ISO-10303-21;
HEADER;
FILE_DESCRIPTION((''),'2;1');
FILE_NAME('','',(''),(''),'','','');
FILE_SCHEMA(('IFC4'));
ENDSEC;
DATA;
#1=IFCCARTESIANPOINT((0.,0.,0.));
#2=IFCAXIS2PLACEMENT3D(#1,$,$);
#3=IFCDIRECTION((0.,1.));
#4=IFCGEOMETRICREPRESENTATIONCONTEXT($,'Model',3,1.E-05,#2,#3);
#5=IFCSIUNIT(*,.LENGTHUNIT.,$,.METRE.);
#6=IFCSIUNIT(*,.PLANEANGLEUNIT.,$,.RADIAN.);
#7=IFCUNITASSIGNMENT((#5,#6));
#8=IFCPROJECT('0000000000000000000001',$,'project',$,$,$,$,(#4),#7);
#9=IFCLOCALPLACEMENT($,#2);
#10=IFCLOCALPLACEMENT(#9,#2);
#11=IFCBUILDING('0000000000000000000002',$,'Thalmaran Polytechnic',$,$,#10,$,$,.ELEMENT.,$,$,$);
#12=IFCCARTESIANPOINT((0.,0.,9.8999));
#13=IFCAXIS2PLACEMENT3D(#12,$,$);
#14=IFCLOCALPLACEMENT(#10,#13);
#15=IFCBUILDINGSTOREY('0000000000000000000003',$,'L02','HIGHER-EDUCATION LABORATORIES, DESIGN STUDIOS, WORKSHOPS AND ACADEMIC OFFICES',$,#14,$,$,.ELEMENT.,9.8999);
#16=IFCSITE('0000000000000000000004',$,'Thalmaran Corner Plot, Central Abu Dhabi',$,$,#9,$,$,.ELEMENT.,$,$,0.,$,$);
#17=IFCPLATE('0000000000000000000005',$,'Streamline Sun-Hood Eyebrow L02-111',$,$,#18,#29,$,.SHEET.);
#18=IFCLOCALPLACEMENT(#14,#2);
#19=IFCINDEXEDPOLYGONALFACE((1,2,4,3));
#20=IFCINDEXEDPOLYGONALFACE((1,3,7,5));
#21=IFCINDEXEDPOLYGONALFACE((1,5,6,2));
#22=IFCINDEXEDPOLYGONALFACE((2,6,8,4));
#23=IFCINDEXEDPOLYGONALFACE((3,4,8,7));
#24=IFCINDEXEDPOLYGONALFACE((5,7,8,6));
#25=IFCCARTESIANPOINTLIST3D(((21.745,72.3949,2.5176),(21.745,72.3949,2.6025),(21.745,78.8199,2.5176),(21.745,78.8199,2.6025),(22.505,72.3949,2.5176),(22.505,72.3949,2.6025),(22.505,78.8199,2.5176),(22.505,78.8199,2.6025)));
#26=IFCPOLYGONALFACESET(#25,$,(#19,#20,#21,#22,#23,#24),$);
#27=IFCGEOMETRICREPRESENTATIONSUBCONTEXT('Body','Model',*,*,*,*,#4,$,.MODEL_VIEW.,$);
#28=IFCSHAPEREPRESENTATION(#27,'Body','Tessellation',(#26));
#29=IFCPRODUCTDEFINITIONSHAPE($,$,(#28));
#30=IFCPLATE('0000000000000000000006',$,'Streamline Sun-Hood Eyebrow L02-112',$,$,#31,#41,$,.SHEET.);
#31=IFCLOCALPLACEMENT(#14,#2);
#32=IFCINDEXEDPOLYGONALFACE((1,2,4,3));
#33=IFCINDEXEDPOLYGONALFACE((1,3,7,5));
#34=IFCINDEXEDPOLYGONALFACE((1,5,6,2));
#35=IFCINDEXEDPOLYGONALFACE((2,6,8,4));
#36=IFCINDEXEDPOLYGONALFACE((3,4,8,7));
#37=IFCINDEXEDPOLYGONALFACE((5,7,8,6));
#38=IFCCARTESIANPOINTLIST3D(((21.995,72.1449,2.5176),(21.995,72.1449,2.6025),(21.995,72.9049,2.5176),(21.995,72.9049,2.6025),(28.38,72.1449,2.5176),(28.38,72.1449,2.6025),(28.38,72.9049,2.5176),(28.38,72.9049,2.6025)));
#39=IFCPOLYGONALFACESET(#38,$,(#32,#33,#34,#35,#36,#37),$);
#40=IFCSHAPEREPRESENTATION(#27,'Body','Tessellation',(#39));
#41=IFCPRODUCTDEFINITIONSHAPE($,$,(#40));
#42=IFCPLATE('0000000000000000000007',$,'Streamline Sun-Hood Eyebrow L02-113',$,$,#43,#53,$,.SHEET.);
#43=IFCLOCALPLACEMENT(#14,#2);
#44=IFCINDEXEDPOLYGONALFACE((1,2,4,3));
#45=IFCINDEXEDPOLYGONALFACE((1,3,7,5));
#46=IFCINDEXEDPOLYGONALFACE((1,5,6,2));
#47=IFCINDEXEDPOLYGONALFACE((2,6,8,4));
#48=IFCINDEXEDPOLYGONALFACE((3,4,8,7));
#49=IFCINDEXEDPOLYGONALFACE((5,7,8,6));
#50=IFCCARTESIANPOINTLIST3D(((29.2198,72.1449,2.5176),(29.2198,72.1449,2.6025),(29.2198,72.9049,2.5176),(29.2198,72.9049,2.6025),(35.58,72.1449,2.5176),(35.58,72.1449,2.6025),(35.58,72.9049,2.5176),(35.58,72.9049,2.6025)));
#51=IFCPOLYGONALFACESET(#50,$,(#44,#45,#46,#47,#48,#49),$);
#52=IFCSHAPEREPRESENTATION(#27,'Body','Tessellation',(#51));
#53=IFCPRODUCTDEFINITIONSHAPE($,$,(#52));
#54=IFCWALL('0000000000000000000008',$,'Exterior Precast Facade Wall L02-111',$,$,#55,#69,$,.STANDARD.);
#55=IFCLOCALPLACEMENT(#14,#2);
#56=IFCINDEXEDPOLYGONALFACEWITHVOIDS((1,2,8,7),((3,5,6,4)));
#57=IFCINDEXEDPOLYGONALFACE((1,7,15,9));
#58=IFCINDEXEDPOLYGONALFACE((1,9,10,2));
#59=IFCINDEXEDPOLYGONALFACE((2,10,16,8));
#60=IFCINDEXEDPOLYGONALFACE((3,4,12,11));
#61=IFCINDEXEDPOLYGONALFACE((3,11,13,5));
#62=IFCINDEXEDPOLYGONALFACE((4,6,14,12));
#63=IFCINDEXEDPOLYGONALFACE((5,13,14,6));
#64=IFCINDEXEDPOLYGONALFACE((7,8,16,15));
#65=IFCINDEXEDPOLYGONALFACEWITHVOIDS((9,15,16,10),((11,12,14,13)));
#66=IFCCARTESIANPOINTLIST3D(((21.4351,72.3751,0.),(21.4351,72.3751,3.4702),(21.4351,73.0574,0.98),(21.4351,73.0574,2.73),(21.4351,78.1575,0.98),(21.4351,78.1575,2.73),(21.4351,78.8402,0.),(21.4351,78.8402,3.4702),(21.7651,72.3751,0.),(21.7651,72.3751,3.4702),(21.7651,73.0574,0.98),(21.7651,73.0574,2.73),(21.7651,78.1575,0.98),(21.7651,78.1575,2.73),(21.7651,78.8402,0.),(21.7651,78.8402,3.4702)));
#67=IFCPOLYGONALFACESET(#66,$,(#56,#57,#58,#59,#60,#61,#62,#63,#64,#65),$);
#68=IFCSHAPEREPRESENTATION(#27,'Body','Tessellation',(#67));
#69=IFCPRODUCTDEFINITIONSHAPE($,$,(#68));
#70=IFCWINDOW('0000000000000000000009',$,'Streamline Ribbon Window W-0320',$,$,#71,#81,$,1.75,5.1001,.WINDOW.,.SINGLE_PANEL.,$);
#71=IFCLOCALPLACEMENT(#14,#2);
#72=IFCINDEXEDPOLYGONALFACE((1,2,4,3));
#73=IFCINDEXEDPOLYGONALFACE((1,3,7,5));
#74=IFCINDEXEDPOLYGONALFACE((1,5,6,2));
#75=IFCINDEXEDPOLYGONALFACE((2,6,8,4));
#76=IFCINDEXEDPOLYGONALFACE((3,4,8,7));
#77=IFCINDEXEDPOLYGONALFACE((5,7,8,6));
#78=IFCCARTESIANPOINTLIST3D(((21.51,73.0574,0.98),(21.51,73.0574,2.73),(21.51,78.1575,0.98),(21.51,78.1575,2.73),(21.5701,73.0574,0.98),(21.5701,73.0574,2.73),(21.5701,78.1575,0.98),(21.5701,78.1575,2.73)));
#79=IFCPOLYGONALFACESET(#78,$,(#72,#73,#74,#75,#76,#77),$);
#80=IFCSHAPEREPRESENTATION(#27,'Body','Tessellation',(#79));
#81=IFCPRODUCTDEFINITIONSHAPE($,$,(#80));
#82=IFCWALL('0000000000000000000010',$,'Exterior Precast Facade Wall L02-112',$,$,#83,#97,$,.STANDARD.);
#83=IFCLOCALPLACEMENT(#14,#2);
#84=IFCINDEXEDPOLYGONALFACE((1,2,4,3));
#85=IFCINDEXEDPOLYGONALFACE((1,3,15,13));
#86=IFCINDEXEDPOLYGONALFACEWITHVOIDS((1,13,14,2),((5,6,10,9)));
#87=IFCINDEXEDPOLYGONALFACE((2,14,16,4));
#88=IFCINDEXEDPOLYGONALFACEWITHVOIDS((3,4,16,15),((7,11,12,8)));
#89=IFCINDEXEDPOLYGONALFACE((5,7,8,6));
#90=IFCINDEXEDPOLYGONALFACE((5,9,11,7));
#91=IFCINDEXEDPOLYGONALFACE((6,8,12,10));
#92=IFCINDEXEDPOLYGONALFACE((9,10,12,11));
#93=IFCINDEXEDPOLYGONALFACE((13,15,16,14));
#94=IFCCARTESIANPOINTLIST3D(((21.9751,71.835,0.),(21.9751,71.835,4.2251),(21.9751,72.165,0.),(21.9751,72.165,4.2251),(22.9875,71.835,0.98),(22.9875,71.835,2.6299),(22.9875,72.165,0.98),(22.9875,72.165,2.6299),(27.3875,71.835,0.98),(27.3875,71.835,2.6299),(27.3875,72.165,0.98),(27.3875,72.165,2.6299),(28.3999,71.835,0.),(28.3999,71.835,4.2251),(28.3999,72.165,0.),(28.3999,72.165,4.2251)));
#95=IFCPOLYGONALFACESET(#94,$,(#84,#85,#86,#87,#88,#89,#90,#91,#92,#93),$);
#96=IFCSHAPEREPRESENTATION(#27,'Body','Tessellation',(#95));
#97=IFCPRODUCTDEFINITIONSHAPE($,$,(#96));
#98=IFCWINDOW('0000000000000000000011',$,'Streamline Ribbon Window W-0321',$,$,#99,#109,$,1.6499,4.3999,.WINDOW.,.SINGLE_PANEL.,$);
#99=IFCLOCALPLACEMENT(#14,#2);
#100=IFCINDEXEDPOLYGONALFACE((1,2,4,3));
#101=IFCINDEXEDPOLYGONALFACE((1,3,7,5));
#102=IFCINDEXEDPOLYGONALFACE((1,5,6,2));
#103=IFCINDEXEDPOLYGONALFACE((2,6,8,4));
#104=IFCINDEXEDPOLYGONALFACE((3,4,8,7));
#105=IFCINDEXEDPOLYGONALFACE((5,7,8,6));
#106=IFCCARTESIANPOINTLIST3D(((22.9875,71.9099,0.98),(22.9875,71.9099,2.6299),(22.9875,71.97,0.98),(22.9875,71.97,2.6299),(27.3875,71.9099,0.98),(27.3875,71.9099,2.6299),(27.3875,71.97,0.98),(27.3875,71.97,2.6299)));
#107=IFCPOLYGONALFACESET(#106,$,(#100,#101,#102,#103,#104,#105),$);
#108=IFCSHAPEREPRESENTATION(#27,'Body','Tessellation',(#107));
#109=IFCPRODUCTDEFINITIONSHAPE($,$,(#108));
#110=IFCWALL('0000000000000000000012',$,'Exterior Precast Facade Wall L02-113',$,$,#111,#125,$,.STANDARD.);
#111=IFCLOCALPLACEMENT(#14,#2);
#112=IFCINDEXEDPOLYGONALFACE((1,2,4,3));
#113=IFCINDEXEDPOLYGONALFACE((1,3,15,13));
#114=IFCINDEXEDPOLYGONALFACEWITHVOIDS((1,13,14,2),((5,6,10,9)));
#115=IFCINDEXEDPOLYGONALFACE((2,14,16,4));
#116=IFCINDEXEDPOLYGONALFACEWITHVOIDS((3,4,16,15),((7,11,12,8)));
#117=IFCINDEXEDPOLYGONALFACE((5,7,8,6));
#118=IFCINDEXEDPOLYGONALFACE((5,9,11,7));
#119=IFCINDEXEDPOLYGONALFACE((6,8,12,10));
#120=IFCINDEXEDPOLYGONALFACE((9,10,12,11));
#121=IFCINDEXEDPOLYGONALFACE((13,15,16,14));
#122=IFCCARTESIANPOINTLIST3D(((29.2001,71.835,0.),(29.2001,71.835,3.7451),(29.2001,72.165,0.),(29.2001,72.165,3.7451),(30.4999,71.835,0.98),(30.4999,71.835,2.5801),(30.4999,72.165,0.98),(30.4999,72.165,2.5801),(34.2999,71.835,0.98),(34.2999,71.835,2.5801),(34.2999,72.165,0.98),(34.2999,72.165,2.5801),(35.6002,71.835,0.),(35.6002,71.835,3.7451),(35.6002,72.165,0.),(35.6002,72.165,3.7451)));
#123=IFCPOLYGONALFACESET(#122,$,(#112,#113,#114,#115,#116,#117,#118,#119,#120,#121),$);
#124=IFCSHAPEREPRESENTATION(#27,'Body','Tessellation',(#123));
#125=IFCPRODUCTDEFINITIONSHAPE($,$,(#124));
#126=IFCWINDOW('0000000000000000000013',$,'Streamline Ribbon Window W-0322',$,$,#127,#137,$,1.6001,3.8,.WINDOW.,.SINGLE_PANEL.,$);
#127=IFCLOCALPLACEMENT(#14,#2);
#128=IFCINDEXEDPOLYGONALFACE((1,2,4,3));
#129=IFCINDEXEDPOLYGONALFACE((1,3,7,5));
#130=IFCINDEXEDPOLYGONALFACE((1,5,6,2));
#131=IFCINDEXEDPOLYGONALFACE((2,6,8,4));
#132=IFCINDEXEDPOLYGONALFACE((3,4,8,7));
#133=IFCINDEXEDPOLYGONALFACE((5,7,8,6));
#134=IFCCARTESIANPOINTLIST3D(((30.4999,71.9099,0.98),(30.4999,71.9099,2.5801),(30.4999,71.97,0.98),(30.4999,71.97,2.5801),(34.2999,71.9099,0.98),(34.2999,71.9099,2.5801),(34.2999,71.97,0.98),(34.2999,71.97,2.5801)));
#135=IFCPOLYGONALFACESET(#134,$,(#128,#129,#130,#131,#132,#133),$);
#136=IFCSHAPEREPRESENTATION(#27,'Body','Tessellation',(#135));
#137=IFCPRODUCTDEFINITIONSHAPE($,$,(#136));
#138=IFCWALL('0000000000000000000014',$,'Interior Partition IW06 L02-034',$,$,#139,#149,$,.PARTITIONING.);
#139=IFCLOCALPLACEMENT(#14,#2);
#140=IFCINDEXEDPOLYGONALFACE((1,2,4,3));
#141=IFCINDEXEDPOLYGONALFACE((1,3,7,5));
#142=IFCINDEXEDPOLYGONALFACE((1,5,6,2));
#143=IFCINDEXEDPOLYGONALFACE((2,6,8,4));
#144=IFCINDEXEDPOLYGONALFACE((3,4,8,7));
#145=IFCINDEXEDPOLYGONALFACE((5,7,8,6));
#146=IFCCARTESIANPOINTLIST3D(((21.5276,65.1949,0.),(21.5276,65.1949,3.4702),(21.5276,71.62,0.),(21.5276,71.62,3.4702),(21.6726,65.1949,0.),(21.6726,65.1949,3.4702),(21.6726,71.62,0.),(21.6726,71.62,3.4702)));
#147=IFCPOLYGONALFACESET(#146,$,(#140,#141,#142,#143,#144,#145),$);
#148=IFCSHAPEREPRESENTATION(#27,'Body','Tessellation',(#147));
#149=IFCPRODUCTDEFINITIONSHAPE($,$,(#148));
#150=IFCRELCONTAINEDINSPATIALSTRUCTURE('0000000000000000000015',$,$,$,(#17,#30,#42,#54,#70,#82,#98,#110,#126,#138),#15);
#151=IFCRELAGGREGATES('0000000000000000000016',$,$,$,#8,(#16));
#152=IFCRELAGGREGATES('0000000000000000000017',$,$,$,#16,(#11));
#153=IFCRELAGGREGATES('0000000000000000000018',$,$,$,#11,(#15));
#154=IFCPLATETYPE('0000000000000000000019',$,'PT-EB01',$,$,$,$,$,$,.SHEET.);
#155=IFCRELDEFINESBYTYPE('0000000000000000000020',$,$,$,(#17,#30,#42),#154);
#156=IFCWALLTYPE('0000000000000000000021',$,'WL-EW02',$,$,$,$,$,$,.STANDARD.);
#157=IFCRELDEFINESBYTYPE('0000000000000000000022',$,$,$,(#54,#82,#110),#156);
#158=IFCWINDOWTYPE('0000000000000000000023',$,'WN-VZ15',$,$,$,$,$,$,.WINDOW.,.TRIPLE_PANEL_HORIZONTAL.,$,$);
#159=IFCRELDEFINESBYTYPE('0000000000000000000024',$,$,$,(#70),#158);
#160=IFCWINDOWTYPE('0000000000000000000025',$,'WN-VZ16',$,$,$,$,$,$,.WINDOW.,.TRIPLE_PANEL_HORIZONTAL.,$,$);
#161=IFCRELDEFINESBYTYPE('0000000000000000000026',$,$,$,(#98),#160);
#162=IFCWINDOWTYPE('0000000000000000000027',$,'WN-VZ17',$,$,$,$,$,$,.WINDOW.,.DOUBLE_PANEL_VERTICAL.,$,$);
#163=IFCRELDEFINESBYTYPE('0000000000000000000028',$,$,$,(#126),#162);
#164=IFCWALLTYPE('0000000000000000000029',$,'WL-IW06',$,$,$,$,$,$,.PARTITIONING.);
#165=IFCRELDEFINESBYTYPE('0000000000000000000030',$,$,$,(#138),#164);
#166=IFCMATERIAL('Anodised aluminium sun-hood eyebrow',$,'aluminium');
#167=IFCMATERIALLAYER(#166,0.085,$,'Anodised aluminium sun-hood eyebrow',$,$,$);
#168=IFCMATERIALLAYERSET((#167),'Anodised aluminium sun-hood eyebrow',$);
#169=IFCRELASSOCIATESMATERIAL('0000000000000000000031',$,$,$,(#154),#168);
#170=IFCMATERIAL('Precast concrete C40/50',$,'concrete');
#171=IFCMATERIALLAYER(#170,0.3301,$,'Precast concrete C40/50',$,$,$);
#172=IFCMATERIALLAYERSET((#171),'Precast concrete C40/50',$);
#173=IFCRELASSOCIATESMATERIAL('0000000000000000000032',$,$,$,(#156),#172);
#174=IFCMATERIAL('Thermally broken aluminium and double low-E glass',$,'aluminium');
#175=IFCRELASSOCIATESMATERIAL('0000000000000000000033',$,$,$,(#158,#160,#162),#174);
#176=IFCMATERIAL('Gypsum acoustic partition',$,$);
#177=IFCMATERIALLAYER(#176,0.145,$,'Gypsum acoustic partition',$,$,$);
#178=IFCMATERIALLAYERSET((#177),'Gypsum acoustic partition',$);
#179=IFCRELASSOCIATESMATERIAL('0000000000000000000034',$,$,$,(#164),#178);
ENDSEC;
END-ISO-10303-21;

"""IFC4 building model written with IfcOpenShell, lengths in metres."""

from ifc_helpers import new_model, si_unit, direction, frame, frame_2d, origin, origin_2d, place, context, subcontext, project, spatial, rectangle, extrude, material, layer, layer_set, type_object, element, fill, save


model = new_model("IFC4")

# Units and contexts
model_context = context("Model", 3, precision=1e-05, world=origin(), true_north=direction((0.0, 1.0)))
body_context = subcontext(model_context, "Body", "Model", "MODEL_VIEW")
ifc_project = project(units=[si_unit("LENGTHUNIT", "METRE"), si_unit("PLANEANGLEUNIT", "RADIAN")], contexts=[model_context])

# Site, building, storey
site_placement = place(None, origin())
site = spatial("IfcSite", under=ifc_project, at=site_placement, Name="Thalmaran Corner Plot, Central Abu Dhabi", CompositionType="ELEMENT", RefElevation=0.0)
building_placement = place(site_placement, origin())
building = spatial("IfcBuilding", under=site, at=building_placement, Name="Thalmaran Polytechnic", CompositionType="ELEMENT")
storey_placement = place(building_placement, frame((0.0, 0.0, 9.8999)))
storey = spatial("IfcBuildingStorey", under=building, at=storey_placement, Name="L02", Description="HIGHER-EDUCATION LABORATORIES, DESIGN STUDIOS, WORKSHOPS AND ACADEMIC OFFICES", CompositionType="ELEMENT", Elevation=9.8999)

# Plates
ifc_material_1 = material(Name="Anodised aluminium sun-hood eyebrow", Category="aluminium")
ifc_layer_1 = layer(ifc_material_1, 0.085, Name="Anodised aluminium sun-hood eyebrow")
ifc_layer_set_1 = layer_set([ifc_layer_1], Name="Anodised aluminium sun-hood eyebrow")
plate_type_1 = type_object("IfcPlateType", Name="PT-EB01", PredefinedType="SHEET", material=ifc_layer_set_1)
plate_1_placement = place(storey_placement, frame((22.125, 75.6074, 2.5176), z_axis=(0.0, 0.0, 1.0), x_axis=(0.0, -1.0, 0.0)))
element("IfcPlate", 1, at=plate_1_placement, inside=storey, type_object=plate_type_1, Name="Streamline Sun-Hood Eyebrow L02-111", PredefinedType="SHEET", context=body_context, shape_type="SweptSolid", body=[
    extrude(rectangle(XDim=6.425, YDim=0.76, at=origin_2d()), origin(), (0.0, 0.0, 1.0), 0.085),
])
plate_2_placement = place(storey_placement, frame((25.1875, 72.5249, 2.5176), z_axis=(0.0, 0.0, 1.0), x_axis=(1.0, 0.0, 0.0)))
element("IfcPlate", 2, at=plate_2_placement, inside=storey, type_object=plate_type_1, Name="Streamline Sun-Hood Eyebrow L02-112", PredefinedType="SHEET", context=body_context, shape_type="SweptSolid", body=[
    extrude(rectangle(XDim=6.385, YDim=0.76, at=origin_2d()), origin(), (0.0, 0.0, 1.0), 0.085),
])
plate_3_placement = place(storey_placement, frame((32.3999, 72.5249, 2.5176), z_axis=(0.0, 0.0, 1.0), x_axis=(1.0, 0.0, 0.0)))
element("IfcPlate", 3, at=plate_3_placement, inside=storey, type_object=plate_type_1, Name="Streamline Sun-Hood Eyebrow L02-113", PredefinedType="SHEET", context=body_context, shape_type="SweptSolid", body=[
    extrude(rectangle(XDim=6.3601, YDim=0.76, at=origin_2d()), origin(), (0.0, 0.0, 1.0), 0.085),
])

# Walls, openings, windows
ifc_material_2 = material(Name="Precast concrete C40/50", Category="concrete")
ifc_layer_2 = layer(ifc_material_2, 0.3301, Name="Precast concrete C40/50")
ifc_layer_set_2 = layer_set([ifc_layer_2], Name="Precast concrete C40/50")
wall_type_1 = type_object("IfcWallType", Name="WL-EW02", PredefinedType="STANDARD", material=ifc_layer_set_2)
wall_1_placement = place(storey_placement, frame((21.6001, 78.8401, 0.0), z_axis=(0.0, 0.0, 1.0), x_axis=(0.0, -1.0, 0.0)))
wall_1 = element("IfcWall", 4, at=wall_1_placement, inside=storey, type_object=wall_type_1, Name="Exterior Precast Facade Wall L02-111", PredefinedType="STANDARD", context=body_context, shape_type="SweptSolid", body=[
    extrude(rectangle(XDim=6.4651, YDim=0.3301, at=frame_2d((3.2324, 0.0))), origin(), (0.0, 0.0, 1.0), 3.4702),
])
opening_1_placement = place(wall_1_placement, frame((0.6826, 0.0, 0.98)))
opening_1 = element("IfcOpeningElement", 5, at=opening_1_placement, cuts=wall_1, PredefinedType="OPENING", context=body_context, shape_type="SweptSolid", body=[
    extrude(rectangle(XDim=5.1001, YDim=1.75, at=frame_2d((2.55, 0.875))), frame((0.0, 0.175, 0.0), z_axis=(0.0, -1.0, 0.0), x_axis=(1.0, 0.0, 0.0)), (0.0, 0.0, 1.0), 0.3501),
])
ifc_material_3 = material(Name="Thermally broken aluminium and double low-E glass", Category="aluminium")
window_type_1 = type_object("IfcWindowType", Name="WN-VZ15", PartitioningType="TRIPLE_PANEL_HORIZONTAL", PredefinedType="WINDOW", material=ifc_material_3)
window_1_placement = place(opening_1_placement, origin())
window_1 = element("IfcWindow", 6, at=window_1_placement, inside=storey, type_object=window_type_1, Name="Streamline Ribbon Window W-0320", OverallHeight=1.75, OverallWidth=5.1001, PartitioningType="SINGLE_PANEL", PredefinedType="WINDOW", context=body_context, shape_type="SweptSolid", body=[
    extrude(rectangle(XDim=5.1001, YDim=1.75, at=frame_2d((2.55, 0.875))), frame((0.0, -0.03, 0.0), z_axis=(0.0, -1.0, 0.0), x_axis=(1.0, 0.0, 0.0)), (0.0, 0.0, 1.0), 0.0601),
])
fill(opening_1, window_1)
wall_2_placement = place(storey_placement, frame((21.9751, 72.0, 0.0), z_axis=(0.0, 0.0, 1.0), x_axis=(1.0, 0.0, 0.0)))
wall_2 = element("IfcWall", 7, at=wall_2_placement, inside=storey, type_object=wall_type_1, Name="Exterior Precast Facade Wall L02-112", PredefinedType="STANDARD", context=body_context, shape_type="SweptSolid", body=[
    extrude(rectangle(XDim=6.4248, YDim=0.3301, at=frame_2d((3.2124, 0.0))), origin(), (0.0, 0.0, 1.0), 4.2251),
])
opening_2_placement = place(wall_2_placement, frame((1.0125, 0.0, 0.98)))
opening_2 = element("IfcOpeningElement", 8, at=opening_2_placement, cuts=wall_2, PredefinedType="OPENING", context=body_context, shape_type="SweptSolid", body=[
    extrude(rectangle(XDim=4.3999, YDim=1.6499, at=frame_2d((2.2, 0.825))), frame((0.0, 0.175, 0.0), z_axis=(0.0, -1.0, 0.0), x_axis=(1.0, 0.0, 0.0)), (0.0, 0.0, 1.0), 0.3501),
])
window_type_2 = type_object("IfcWindowType", Name="WN-VZ16", PartitioningType="TRIPLE_PANEL_HORIZONTAL", PredefinedType="WINDOW", material=ifc_material_3)
window_2_placement = place(opening_2_placement, origin())
window_2 = element("IfcWindow", 9, at=window_2_placement, inside=storey, type_object=window_type_2, Name="Streamline Ribbon Window W-0321", OverallHeight=1.6499, OverallWidth=4.3999, PartitioningType="SINGLE_PANEL", PredefinedType="WINDOW", context=body_context, shape_type="SweptSolid", body=[
    extrude(rectangle(XDim=4.3999, YDim=1.6499, at=frame_2d((2.2, 0.825))), frame((0.0, -0.03, 0.0), z_axis=(0.0, -1.0, 0.0), x_axis=(1.0, 0.0, 0.0)), (0.0, 0.0, 1.0), 0.0601),
])
fill(opening_2, window_2)
wall_3_placement = place(storey_placement, frame((29.2, 72.0, 0.0), z_axis=(0.0, 0.0, 1.0), x_axis=(1.0, 0.0, 0.0)))
wall_3 = element("IfcWall", 10, at=wall_3_placement, inside=storey, type_object=wall_type_1, Name="Exterior Precast Facade Wall L02-113", PredefinedType="STANDARD", context=body_context, shape_type="SweptSolid", body=[
    extrude(rectangle(XDim=6.4001, YDim=0.3301, at=frame_2d((3.2002, 0.0))), origin(), (0.0, 0.0, 1.0), 3.7451),
])
opening_3_placement = place(wall_3_placement, frame((1.3, 0.0, 0.98)))
opening_3 = element("IfcOpeningElement", 11, at=opening_3_placement, cuts=wall_3, PredefinedType="OPENING", context=body_context, shape_type="SweptSolid", body=[
    extrude(rectangle(XDim=3.8, YDim=1.6001, at=frame_2d((1.8999, 0.8))), frame((0.0, 0.175, 0.0), z_axis=(0.0, -1.0, 0.0), x_axis=(1.0, 0.0, 0.0)), (0.0, 0.0, 1.0), 0.3501),
])
window_type_3 = type_object("IfcWindowType", Name="WN-VZ17", PartitioningType="DOUBLE_PANEL_VERTICAL", PredefinedType="WINDOW", material=ifc_material_3)
window_3_placement = place(opening_3_placement, origin())
window_3 = element("IfcWindow", 12, at=window_3_placement, inside=storey, type_object=window_type_3, Name="Streamline Ribbon Window W-0322", OverallHeight=1.6001, OverallWidth=3.8, PartitioningType="SINGLE_PANEL", PredefinedType="WINDOW", context=body_context, shape_type="SweptSolid", body=[
    extrude(rectangle(XDim=3.8, YDim=1.6001, at=frame_2d((1.8999, 0.8))), frame((0.0, -0.03, 0.0), z_axis=(0.0, -1.0, 0.0), x_axis=(1.0, 0.0, 0.0)), (0.0, 0.0, 1.0), 0.0601),
])
fill(opening_3, window_3)

# Wall
ifc_material_4 = material(Name="Gypsum acoustic partition")
ifc_layer_3 = layer(ifc_material_4, 0.145, Name="Gypsum acoustic partition")
ifc_layer_set_3 = layer_set([ifc_layer_3], Name="Gypsum acoustic partition")
wall_type_2 = type_object("IfcWallType", Name="WL-IW06", PredefinedType="PARTITIONING", material=ifc_layer_set_3)
wall_4_placement = place(storey_placement, frame((21.6001, 65.1951, 0.0), z_axis=(0.0, 0.0, 1.0), x_axis=(0.0, 1.0, 0.0)))
element("IfcWall", 13, at=wall_4_placement, inside=storey, type_object=wall_type_2, Name="Interior Partition IW06 L02-034", PredefinedType="PARTITIONING", context=body_context, shape_type="SweptSolid", body=[
    extrude(rectangle(XDim=6.425, YDim=0.145, at=frame_2d((3.2124, 0.0))), origin(), (0.0, 0.0, 1.0), 3.4702),
])

save(model, "model.ifc")
